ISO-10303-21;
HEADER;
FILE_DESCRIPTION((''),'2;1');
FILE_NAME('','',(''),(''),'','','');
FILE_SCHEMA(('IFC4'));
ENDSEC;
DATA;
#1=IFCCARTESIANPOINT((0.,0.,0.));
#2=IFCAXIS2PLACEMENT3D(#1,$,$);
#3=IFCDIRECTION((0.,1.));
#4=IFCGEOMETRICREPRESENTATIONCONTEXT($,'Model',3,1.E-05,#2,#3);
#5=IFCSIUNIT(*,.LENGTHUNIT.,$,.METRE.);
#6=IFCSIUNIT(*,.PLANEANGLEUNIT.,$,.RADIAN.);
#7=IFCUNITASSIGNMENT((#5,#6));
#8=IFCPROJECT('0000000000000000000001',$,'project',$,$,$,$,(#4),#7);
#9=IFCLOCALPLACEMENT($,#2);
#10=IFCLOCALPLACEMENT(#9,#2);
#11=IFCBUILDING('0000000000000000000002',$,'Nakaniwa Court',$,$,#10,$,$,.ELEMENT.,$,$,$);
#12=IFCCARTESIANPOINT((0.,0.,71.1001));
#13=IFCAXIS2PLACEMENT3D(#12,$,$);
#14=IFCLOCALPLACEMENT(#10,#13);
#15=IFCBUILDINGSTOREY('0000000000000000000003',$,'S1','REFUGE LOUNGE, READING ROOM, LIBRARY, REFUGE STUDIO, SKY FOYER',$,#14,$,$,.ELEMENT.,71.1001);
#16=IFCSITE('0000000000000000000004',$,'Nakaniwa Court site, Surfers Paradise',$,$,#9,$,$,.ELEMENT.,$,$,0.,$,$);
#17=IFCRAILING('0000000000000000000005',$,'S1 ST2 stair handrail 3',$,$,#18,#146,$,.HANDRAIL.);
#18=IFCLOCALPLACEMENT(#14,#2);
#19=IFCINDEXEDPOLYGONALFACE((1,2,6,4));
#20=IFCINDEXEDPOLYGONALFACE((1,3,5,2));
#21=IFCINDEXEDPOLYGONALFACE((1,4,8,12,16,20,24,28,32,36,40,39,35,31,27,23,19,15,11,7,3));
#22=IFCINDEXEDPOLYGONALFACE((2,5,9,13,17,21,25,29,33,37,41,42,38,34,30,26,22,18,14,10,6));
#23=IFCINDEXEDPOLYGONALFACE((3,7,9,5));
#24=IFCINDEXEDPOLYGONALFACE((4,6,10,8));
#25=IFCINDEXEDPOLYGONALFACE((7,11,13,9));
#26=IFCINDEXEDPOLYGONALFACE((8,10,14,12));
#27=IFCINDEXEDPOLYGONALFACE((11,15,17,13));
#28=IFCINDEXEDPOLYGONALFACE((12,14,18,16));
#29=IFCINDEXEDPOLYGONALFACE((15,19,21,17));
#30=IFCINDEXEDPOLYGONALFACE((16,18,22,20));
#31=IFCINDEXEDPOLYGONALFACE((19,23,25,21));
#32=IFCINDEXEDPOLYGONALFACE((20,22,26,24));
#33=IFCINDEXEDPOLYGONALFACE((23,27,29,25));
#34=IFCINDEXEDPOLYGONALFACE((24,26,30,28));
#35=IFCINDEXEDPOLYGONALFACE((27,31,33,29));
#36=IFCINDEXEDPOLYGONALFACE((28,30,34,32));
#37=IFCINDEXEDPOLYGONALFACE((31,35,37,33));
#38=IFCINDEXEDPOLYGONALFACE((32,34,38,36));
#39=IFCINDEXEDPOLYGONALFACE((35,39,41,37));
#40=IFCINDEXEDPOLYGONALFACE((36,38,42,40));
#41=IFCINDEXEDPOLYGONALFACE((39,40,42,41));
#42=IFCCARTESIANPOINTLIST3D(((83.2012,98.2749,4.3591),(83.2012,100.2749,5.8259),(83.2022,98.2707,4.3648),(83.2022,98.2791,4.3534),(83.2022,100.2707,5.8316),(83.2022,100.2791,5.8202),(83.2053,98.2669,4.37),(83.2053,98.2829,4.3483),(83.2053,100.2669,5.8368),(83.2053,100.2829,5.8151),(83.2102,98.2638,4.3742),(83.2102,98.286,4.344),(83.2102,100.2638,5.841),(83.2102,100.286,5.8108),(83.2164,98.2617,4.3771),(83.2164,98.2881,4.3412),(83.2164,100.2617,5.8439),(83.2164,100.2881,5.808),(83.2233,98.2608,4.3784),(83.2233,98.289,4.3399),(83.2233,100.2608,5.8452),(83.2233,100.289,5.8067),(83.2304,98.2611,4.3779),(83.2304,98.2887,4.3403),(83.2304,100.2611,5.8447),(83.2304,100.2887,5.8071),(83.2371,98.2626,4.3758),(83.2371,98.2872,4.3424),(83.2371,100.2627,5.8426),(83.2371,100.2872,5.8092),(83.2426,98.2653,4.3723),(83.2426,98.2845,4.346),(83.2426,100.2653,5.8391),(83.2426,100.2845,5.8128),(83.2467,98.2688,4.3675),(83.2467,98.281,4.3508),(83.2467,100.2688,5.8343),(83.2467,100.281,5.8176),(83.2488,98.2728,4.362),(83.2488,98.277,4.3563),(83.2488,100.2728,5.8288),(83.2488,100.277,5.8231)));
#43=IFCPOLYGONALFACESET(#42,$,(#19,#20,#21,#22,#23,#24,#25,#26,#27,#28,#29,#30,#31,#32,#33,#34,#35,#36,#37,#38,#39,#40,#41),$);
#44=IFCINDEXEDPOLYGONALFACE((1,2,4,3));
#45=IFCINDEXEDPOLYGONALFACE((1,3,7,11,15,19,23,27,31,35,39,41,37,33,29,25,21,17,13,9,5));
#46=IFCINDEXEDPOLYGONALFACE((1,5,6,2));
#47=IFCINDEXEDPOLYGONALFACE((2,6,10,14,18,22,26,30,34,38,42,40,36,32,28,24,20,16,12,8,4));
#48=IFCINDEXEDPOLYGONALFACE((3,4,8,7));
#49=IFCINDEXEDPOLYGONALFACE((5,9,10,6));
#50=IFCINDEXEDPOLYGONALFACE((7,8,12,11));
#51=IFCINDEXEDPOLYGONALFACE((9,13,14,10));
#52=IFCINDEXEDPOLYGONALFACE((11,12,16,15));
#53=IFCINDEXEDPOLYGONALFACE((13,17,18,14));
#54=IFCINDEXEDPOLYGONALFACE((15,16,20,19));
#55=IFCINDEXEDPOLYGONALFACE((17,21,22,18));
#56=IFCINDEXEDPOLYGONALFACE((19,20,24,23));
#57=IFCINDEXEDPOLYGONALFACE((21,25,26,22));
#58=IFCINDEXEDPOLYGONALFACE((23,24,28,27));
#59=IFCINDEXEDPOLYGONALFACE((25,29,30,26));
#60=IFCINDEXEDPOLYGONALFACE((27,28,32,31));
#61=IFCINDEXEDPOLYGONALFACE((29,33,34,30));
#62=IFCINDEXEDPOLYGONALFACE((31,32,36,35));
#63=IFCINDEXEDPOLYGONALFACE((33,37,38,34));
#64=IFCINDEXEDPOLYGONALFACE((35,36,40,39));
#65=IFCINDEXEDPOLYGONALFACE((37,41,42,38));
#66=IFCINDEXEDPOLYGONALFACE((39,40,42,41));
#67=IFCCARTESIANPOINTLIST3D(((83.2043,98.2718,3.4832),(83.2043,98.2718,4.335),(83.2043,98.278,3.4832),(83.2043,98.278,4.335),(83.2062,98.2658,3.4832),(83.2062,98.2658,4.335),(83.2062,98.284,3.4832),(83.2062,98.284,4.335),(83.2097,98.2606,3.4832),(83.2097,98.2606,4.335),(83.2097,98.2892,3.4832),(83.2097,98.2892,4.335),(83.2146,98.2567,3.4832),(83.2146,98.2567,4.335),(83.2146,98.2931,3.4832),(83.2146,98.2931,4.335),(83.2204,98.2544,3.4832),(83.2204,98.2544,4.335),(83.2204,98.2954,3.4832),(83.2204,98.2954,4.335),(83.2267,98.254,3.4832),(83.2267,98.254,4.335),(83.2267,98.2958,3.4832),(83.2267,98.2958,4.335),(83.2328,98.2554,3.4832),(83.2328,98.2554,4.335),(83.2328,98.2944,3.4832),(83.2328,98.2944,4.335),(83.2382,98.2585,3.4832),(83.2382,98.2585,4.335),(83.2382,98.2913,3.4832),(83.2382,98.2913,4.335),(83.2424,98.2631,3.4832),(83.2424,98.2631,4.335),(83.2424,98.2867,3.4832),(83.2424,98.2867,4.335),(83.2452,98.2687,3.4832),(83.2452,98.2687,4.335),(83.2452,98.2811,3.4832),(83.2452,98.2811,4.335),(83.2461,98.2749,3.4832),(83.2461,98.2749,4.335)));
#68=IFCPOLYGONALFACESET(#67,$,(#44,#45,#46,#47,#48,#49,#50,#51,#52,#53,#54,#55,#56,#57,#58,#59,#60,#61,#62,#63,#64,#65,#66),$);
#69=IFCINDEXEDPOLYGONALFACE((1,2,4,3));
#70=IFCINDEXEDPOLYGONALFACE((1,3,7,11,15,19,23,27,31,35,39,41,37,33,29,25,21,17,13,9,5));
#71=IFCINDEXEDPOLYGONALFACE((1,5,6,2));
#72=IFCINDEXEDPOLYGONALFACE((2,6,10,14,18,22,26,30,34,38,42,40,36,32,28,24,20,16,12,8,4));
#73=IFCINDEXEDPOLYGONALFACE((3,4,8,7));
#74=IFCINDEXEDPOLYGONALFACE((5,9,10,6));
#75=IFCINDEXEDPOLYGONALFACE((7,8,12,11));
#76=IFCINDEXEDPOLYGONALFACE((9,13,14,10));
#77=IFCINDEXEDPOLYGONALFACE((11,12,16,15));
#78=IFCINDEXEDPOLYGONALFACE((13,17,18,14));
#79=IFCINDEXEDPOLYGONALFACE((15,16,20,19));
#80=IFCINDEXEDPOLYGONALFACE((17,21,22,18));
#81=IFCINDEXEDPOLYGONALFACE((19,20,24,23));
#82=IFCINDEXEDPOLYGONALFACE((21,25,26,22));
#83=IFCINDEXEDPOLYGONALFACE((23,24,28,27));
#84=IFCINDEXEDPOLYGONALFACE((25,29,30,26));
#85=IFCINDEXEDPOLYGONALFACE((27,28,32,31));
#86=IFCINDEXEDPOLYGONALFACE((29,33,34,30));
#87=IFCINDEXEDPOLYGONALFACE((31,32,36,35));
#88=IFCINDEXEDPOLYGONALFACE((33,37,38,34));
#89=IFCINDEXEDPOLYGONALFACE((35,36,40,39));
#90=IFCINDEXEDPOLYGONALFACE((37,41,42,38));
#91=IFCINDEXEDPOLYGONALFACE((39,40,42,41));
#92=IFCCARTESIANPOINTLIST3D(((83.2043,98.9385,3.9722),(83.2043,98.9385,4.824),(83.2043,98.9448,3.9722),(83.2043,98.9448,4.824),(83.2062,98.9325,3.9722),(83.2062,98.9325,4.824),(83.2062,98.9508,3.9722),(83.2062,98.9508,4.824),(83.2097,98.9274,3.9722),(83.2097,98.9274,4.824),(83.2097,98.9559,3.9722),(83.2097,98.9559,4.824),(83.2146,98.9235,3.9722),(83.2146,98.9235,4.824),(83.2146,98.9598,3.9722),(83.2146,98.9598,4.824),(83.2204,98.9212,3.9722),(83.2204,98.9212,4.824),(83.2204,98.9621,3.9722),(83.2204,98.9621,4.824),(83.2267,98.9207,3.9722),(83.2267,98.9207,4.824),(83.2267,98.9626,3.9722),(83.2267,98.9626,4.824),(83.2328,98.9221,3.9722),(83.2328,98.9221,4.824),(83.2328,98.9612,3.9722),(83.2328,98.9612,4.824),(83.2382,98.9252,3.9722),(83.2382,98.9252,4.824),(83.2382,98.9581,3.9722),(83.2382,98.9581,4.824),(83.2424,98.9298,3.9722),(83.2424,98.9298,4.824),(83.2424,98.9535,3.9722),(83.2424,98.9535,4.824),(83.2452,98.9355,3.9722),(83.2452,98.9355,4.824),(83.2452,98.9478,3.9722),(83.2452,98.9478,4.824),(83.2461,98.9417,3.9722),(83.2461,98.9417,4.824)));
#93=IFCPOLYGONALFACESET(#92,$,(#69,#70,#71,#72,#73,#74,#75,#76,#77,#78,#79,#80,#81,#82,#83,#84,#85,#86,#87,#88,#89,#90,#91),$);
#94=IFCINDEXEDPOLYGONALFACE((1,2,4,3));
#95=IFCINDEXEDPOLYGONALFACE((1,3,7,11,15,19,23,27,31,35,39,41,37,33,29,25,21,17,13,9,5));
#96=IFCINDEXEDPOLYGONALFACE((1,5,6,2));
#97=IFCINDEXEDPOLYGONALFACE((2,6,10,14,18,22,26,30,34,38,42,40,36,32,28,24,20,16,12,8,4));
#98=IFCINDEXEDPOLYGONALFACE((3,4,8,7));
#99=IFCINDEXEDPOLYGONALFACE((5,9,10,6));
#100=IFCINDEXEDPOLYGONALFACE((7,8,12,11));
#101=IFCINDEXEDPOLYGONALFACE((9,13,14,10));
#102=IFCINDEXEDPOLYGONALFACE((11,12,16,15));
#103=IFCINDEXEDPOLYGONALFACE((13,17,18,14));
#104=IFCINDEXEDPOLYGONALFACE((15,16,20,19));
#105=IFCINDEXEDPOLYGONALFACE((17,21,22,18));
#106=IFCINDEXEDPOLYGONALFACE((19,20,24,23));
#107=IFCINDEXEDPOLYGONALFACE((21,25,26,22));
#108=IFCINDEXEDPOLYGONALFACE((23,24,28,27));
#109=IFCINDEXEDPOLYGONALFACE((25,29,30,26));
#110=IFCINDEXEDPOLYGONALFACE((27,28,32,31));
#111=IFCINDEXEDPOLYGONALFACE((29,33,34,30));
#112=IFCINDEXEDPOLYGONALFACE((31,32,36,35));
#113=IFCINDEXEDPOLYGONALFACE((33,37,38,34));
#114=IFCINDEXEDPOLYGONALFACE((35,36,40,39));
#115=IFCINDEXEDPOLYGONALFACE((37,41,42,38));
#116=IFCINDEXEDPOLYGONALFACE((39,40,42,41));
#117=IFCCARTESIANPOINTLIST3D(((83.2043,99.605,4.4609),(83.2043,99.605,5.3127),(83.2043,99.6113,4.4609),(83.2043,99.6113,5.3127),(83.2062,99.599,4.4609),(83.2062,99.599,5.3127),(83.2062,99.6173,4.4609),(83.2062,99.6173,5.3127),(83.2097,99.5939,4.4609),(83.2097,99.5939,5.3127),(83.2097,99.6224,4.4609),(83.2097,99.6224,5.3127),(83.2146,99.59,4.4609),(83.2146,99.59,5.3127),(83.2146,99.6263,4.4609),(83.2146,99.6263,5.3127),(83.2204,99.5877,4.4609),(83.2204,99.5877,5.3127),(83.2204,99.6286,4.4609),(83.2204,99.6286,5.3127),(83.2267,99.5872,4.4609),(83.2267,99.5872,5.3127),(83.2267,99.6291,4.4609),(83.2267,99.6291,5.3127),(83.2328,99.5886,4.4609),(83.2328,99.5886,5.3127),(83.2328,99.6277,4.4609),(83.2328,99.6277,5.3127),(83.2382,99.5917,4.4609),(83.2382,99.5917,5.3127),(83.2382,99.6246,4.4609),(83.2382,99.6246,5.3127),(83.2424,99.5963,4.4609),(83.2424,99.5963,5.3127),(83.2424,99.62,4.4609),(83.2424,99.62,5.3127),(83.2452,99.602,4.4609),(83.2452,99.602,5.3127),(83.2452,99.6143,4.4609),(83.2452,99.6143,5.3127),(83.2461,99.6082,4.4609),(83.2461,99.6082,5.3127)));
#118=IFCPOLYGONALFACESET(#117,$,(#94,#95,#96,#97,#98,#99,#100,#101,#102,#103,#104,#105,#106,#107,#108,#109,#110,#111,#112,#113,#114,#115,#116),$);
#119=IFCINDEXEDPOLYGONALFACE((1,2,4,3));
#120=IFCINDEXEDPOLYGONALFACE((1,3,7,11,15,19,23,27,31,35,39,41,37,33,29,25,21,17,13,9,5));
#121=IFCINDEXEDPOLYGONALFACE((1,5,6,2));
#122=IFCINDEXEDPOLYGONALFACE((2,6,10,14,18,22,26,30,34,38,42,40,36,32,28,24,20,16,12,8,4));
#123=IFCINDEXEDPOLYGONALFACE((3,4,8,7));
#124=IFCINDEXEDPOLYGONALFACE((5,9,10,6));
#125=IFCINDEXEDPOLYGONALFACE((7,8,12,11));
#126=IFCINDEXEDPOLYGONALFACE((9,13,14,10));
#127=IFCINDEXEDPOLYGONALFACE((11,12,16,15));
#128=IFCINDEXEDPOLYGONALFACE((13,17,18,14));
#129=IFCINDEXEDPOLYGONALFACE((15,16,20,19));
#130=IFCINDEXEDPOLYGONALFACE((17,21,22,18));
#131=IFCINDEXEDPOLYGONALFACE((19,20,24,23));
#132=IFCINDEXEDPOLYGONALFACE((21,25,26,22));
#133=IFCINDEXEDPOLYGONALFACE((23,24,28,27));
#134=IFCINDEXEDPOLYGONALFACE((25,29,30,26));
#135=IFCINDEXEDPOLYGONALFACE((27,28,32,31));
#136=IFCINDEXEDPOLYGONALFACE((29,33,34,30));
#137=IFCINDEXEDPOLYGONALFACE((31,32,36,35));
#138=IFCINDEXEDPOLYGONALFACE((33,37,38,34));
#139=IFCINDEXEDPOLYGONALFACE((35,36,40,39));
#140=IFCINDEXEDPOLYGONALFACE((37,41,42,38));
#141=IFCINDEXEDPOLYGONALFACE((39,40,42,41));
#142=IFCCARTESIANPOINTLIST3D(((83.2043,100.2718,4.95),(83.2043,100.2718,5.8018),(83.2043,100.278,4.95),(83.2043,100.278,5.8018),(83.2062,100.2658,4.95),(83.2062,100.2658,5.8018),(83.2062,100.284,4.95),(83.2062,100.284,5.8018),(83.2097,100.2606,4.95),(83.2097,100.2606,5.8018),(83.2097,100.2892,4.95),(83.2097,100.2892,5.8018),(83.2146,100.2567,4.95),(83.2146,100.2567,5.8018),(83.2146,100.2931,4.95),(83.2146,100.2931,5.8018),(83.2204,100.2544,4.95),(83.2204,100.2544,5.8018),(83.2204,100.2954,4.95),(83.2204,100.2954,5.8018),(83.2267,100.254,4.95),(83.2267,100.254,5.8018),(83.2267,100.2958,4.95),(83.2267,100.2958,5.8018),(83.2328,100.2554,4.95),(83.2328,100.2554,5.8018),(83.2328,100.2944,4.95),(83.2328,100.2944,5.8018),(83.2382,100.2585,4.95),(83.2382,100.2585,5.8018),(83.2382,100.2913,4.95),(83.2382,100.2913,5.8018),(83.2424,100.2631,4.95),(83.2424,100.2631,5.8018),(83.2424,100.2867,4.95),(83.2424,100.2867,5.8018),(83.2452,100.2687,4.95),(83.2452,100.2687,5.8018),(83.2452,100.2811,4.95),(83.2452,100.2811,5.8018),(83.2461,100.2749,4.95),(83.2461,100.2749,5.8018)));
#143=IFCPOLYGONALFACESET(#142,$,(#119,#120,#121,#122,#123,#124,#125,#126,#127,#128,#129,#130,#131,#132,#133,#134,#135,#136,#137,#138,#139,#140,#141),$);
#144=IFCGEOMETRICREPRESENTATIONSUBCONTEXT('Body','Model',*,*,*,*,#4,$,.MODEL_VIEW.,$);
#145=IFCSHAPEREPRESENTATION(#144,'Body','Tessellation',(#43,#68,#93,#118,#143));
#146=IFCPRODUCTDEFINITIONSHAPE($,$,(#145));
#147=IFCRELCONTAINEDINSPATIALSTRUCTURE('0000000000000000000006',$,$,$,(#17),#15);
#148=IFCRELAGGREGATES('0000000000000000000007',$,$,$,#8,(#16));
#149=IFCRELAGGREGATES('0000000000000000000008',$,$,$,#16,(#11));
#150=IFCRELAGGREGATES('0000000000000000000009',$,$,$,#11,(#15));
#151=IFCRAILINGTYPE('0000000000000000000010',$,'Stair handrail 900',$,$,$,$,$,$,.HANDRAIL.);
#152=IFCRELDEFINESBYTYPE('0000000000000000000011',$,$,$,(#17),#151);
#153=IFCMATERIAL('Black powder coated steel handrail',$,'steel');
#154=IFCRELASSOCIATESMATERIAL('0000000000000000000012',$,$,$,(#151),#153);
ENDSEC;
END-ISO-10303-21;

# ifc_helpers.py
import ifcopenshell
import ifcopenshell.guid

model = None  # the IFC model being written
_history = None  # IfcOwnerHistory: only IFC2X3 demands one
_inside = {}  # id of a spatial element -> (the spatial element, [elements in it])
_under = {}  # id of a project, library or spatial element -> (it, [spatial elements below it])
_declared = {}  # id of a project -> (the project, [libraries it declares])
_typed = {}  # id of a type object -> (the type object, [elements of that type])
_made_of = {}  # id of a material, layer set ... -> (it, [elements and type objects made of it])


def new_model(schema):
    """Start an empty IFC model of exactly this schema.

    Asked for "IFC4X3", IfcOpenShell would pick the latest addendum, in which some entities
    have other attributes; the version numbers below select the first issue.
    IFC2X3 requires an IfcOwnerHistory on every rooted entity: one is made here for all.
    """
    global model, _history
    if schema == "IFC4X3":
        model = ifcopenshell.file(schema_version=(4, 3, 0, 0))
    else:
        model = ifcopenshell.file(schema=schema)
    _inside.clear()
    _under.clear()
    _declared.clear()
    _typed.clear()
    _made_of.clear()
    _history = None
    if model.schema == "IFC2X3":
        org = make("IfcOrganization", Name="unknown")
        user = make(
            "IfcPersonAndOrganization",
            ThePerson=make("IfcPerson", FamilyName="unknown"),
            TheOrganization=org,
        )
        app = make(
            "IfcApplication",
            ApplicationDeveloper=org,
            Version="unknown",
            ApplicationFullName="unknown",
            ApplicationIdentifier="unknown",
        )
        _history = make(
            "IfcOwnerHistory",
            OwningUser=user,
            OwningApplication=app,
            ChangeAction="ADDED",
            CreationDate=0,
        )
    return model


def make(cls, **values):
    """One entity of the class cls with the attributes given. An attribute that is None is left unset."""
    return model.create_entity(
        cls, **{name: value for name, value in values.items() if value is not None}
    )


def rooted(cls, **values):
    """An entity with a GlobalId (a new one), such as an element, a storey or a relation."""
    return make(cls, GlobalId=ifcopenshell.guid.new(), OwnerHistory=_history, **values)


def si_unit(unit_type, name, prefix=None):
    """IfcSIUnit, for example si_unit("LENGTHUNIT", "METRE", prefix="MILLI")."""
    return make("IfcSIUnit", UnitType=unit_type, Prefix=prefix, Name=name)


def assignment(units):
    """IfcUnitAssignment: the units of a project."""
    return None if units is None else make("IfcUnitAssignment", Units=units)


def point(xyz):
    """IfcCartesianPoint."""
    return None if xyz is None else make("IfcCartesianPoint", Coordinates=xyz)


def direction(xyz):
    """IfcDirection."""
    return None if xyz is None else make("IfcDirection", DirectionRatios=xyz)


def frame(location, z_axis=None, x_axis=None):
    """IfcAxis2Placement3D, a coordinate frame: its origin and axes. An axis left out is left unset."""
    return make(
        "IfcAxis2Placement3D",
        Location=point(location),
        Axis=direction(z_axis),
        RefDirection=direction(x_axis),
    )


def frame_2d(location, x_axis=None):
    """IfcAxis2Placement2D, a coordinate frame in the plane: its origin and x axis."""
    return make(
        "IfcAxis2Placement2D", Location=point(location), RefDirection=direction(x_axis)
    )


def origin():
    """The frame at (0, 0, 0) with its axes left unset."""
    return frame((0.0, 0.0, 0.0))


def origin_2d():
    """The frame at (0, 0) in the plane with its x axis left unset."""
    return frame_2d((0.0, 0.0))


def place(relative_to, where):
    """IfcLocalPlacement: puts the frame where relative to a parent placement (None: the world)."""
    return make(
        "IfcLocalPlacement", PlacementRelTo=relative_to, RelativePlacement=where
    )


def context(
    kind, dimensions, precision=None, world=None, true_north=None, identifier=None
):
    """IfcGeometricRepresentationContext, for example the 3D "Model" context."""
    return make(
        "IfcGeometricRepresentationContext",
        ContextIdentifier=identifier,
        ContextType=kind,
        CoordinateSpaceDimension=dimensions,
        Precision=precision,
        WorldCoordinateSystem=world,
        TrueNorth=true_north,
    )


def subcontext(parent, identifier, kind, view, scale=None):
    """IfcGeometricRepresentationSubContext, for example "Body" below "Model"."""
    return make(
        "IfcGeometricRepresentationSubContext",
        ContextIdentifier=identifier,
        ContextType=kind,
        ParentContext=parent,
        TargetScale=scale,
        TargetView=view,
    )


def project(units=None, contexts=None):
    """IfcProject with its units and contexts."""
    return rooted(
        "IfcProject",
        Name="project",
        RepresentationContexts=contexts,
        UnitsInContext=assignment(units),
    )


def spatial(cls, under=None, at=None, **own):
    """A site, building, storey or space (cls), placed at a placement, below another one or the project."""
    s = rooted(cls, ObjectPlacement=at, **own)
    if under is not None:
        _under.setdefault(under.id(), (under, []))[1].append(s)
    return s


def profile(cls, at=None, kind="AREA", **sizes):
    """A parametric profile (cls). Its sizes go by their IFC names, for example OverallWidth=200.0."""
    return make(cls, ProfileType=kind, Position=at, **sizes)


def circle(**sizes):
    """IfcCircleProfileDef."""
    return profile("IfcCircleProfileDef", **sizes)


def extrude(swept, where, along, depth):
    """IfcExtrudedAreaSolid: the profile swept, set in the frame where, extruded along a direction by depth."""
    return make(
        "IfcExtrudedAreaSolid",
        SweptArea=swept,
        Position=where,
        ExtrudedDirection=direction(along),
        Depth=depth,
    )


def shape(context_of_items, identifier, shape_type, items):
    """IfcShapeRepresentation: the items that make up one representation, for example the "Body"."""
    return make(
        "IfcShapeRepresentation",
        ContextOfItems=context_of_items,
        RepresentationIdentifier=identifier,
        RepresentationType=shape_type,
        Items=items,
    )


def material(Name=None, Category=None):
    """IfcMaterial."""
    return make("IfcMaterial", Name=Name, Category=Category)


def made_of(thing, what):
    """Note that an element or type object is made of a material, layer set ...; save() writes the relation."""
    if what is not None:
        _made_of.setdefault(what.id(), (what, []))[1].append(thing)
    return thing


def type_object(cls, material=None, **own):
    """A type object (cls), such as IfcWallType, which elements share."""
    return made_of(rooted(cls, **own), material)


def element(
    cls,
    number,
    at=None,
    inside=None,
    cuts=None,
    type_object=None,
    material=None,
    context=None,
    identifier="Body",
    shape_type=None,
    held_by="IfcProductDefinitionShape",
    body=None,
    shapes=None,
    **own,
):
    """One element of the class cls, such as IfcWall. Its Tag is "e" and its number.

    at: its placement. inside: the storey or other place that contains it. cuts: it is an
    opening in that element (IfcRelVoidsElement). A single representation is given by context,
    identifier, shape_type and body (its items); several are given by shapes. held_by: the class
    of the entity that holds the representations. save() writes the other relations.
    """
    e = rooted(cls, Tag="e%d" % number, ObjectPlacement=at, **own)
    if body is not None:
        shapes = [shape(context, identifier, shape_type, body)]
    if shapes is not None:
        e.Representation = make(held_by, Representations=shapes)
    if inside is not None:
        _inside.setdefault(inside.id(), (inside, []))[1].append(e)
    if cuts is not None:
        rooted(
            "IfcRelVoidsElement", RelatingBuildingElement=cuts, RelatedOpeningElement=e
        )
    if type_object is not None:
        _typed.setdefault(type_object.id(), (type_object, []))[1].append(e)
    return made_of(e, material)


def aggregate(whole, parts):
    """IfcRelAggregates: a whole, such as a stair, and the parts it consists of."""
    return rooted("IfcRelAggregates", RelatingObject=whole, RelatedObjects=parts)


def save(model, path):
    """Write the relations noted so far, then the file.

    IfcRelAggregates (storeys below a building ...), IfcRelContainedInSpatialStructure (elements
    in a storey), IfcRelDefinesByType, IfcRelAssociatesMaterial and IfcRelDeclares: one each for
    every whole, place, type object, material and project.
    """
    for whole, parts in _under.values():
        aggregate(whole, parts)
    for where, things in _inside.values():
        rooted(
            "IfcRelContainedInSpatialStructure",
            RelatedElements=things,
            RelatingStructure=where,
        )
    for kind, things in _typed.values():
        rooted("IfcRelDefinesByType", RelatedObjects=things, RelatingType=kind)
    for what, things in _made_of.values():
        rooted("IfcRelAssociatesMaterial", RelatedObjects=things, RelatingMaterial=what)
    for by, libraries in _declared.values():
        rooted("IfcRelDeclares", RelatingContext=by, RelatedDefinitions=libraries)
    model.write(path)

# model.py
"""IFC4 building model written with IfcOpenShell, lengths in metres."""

from ifc_helpers import new_model, si_unit, direction, frame, origin, origin_2d, place, context, subcontext, project, spatial, circle, extrude, material, type_object, element, save


model = new_model("IFC4")

# Units and contexts
model_context = context("Model", 3, precision=1e-05, world=origin(), true_north=direction((0.0, 1.0)))
body_context = subcontext(model_context, "Body", "Model", "MODEL_VIEW")
ifc_project = project(units=[si_unit("LENGTHUNIT", "METRE"), si_unit("PLANEANGLEUNIT", "RADIAN")], contexts=[model_context])

# Site, building, storey
site_placement = place(None, origin())
site = spatial("IfcSite", under=ifc_project, at=site_placement, Name="Nakaniwa Court site, Surfers Paradise", CompositionType="ELEMENT", RefElevation=0.0)
building_placement = place(site_placement, origin())
building = spatial("IfcBuilding", under=site, at=building_placement, Name="Nakaniwa Court", CompositionType="ELEMENT")
storey_placement = place(building_placement, frame((0.0, 0.0, 71.1001)))
storey = spatial("IfcBuildingStorey", under=building, at=storey_placement, Name="S1", Description="REFUGE LOUNGE, READING ROOM, LIBRARY, REFUGE STUDIO, SKY FOYER", CompositionType="ELEMENT", Elevation=71.1001)

# Railing
ifc_material_1 = material(Name="Black powder coated steel handrail", Category="steel")
railing_type_1 = type_object("IfcRailingType", Name="Stair handrail 900", PredefinedType="HANDRAIL", material=ifc_material_1)
railing_1_placement = place(storey_placement, frame((83.2251, 98.2749, 3.4832)))
element("IfcRailing", 1, at=railing_1_placement, inside=storey, type_object=railing_type_1, Name="S1 ST2 stair handrail 3", PredefinedType="HANDRAIL", context=body_context, shape_type="SweptSolid", body=[
    extrude(circle(Radius=0.0239, at=origin_2d()), frame((0.0, 0.0, 0.876), z_axis=(0.0, 0.80638, 0.591398), x_axis=(-1.0, 0.0, 0.0)), (0.0, 0.0, 1.0), 2.4802),
    extrude(circle(Radius=0.021, at=origin_2d()), origin(), (0.0, 0.0, 1.0), 0.8518),
    extrude(circle(Radius=0.021, at=origin_2d()), frame((0.0, 0.6667, 0.489)), (0.0, 0.0, 1.0), 0.8518),
    extrude(circle(Radius=0.021, at=origin_2d()), frame((0.0, 1.3333, 0.9778)), (0.0, 0.0, 1.0), 0.8518),
    extrude(circle(Radius=0.021, at=origin_2d()), frame((0.0, 2.0, 1.4668)), (0.0, 0.0, 1.0), 0.8518),
])

save(model, "model.ifc")
